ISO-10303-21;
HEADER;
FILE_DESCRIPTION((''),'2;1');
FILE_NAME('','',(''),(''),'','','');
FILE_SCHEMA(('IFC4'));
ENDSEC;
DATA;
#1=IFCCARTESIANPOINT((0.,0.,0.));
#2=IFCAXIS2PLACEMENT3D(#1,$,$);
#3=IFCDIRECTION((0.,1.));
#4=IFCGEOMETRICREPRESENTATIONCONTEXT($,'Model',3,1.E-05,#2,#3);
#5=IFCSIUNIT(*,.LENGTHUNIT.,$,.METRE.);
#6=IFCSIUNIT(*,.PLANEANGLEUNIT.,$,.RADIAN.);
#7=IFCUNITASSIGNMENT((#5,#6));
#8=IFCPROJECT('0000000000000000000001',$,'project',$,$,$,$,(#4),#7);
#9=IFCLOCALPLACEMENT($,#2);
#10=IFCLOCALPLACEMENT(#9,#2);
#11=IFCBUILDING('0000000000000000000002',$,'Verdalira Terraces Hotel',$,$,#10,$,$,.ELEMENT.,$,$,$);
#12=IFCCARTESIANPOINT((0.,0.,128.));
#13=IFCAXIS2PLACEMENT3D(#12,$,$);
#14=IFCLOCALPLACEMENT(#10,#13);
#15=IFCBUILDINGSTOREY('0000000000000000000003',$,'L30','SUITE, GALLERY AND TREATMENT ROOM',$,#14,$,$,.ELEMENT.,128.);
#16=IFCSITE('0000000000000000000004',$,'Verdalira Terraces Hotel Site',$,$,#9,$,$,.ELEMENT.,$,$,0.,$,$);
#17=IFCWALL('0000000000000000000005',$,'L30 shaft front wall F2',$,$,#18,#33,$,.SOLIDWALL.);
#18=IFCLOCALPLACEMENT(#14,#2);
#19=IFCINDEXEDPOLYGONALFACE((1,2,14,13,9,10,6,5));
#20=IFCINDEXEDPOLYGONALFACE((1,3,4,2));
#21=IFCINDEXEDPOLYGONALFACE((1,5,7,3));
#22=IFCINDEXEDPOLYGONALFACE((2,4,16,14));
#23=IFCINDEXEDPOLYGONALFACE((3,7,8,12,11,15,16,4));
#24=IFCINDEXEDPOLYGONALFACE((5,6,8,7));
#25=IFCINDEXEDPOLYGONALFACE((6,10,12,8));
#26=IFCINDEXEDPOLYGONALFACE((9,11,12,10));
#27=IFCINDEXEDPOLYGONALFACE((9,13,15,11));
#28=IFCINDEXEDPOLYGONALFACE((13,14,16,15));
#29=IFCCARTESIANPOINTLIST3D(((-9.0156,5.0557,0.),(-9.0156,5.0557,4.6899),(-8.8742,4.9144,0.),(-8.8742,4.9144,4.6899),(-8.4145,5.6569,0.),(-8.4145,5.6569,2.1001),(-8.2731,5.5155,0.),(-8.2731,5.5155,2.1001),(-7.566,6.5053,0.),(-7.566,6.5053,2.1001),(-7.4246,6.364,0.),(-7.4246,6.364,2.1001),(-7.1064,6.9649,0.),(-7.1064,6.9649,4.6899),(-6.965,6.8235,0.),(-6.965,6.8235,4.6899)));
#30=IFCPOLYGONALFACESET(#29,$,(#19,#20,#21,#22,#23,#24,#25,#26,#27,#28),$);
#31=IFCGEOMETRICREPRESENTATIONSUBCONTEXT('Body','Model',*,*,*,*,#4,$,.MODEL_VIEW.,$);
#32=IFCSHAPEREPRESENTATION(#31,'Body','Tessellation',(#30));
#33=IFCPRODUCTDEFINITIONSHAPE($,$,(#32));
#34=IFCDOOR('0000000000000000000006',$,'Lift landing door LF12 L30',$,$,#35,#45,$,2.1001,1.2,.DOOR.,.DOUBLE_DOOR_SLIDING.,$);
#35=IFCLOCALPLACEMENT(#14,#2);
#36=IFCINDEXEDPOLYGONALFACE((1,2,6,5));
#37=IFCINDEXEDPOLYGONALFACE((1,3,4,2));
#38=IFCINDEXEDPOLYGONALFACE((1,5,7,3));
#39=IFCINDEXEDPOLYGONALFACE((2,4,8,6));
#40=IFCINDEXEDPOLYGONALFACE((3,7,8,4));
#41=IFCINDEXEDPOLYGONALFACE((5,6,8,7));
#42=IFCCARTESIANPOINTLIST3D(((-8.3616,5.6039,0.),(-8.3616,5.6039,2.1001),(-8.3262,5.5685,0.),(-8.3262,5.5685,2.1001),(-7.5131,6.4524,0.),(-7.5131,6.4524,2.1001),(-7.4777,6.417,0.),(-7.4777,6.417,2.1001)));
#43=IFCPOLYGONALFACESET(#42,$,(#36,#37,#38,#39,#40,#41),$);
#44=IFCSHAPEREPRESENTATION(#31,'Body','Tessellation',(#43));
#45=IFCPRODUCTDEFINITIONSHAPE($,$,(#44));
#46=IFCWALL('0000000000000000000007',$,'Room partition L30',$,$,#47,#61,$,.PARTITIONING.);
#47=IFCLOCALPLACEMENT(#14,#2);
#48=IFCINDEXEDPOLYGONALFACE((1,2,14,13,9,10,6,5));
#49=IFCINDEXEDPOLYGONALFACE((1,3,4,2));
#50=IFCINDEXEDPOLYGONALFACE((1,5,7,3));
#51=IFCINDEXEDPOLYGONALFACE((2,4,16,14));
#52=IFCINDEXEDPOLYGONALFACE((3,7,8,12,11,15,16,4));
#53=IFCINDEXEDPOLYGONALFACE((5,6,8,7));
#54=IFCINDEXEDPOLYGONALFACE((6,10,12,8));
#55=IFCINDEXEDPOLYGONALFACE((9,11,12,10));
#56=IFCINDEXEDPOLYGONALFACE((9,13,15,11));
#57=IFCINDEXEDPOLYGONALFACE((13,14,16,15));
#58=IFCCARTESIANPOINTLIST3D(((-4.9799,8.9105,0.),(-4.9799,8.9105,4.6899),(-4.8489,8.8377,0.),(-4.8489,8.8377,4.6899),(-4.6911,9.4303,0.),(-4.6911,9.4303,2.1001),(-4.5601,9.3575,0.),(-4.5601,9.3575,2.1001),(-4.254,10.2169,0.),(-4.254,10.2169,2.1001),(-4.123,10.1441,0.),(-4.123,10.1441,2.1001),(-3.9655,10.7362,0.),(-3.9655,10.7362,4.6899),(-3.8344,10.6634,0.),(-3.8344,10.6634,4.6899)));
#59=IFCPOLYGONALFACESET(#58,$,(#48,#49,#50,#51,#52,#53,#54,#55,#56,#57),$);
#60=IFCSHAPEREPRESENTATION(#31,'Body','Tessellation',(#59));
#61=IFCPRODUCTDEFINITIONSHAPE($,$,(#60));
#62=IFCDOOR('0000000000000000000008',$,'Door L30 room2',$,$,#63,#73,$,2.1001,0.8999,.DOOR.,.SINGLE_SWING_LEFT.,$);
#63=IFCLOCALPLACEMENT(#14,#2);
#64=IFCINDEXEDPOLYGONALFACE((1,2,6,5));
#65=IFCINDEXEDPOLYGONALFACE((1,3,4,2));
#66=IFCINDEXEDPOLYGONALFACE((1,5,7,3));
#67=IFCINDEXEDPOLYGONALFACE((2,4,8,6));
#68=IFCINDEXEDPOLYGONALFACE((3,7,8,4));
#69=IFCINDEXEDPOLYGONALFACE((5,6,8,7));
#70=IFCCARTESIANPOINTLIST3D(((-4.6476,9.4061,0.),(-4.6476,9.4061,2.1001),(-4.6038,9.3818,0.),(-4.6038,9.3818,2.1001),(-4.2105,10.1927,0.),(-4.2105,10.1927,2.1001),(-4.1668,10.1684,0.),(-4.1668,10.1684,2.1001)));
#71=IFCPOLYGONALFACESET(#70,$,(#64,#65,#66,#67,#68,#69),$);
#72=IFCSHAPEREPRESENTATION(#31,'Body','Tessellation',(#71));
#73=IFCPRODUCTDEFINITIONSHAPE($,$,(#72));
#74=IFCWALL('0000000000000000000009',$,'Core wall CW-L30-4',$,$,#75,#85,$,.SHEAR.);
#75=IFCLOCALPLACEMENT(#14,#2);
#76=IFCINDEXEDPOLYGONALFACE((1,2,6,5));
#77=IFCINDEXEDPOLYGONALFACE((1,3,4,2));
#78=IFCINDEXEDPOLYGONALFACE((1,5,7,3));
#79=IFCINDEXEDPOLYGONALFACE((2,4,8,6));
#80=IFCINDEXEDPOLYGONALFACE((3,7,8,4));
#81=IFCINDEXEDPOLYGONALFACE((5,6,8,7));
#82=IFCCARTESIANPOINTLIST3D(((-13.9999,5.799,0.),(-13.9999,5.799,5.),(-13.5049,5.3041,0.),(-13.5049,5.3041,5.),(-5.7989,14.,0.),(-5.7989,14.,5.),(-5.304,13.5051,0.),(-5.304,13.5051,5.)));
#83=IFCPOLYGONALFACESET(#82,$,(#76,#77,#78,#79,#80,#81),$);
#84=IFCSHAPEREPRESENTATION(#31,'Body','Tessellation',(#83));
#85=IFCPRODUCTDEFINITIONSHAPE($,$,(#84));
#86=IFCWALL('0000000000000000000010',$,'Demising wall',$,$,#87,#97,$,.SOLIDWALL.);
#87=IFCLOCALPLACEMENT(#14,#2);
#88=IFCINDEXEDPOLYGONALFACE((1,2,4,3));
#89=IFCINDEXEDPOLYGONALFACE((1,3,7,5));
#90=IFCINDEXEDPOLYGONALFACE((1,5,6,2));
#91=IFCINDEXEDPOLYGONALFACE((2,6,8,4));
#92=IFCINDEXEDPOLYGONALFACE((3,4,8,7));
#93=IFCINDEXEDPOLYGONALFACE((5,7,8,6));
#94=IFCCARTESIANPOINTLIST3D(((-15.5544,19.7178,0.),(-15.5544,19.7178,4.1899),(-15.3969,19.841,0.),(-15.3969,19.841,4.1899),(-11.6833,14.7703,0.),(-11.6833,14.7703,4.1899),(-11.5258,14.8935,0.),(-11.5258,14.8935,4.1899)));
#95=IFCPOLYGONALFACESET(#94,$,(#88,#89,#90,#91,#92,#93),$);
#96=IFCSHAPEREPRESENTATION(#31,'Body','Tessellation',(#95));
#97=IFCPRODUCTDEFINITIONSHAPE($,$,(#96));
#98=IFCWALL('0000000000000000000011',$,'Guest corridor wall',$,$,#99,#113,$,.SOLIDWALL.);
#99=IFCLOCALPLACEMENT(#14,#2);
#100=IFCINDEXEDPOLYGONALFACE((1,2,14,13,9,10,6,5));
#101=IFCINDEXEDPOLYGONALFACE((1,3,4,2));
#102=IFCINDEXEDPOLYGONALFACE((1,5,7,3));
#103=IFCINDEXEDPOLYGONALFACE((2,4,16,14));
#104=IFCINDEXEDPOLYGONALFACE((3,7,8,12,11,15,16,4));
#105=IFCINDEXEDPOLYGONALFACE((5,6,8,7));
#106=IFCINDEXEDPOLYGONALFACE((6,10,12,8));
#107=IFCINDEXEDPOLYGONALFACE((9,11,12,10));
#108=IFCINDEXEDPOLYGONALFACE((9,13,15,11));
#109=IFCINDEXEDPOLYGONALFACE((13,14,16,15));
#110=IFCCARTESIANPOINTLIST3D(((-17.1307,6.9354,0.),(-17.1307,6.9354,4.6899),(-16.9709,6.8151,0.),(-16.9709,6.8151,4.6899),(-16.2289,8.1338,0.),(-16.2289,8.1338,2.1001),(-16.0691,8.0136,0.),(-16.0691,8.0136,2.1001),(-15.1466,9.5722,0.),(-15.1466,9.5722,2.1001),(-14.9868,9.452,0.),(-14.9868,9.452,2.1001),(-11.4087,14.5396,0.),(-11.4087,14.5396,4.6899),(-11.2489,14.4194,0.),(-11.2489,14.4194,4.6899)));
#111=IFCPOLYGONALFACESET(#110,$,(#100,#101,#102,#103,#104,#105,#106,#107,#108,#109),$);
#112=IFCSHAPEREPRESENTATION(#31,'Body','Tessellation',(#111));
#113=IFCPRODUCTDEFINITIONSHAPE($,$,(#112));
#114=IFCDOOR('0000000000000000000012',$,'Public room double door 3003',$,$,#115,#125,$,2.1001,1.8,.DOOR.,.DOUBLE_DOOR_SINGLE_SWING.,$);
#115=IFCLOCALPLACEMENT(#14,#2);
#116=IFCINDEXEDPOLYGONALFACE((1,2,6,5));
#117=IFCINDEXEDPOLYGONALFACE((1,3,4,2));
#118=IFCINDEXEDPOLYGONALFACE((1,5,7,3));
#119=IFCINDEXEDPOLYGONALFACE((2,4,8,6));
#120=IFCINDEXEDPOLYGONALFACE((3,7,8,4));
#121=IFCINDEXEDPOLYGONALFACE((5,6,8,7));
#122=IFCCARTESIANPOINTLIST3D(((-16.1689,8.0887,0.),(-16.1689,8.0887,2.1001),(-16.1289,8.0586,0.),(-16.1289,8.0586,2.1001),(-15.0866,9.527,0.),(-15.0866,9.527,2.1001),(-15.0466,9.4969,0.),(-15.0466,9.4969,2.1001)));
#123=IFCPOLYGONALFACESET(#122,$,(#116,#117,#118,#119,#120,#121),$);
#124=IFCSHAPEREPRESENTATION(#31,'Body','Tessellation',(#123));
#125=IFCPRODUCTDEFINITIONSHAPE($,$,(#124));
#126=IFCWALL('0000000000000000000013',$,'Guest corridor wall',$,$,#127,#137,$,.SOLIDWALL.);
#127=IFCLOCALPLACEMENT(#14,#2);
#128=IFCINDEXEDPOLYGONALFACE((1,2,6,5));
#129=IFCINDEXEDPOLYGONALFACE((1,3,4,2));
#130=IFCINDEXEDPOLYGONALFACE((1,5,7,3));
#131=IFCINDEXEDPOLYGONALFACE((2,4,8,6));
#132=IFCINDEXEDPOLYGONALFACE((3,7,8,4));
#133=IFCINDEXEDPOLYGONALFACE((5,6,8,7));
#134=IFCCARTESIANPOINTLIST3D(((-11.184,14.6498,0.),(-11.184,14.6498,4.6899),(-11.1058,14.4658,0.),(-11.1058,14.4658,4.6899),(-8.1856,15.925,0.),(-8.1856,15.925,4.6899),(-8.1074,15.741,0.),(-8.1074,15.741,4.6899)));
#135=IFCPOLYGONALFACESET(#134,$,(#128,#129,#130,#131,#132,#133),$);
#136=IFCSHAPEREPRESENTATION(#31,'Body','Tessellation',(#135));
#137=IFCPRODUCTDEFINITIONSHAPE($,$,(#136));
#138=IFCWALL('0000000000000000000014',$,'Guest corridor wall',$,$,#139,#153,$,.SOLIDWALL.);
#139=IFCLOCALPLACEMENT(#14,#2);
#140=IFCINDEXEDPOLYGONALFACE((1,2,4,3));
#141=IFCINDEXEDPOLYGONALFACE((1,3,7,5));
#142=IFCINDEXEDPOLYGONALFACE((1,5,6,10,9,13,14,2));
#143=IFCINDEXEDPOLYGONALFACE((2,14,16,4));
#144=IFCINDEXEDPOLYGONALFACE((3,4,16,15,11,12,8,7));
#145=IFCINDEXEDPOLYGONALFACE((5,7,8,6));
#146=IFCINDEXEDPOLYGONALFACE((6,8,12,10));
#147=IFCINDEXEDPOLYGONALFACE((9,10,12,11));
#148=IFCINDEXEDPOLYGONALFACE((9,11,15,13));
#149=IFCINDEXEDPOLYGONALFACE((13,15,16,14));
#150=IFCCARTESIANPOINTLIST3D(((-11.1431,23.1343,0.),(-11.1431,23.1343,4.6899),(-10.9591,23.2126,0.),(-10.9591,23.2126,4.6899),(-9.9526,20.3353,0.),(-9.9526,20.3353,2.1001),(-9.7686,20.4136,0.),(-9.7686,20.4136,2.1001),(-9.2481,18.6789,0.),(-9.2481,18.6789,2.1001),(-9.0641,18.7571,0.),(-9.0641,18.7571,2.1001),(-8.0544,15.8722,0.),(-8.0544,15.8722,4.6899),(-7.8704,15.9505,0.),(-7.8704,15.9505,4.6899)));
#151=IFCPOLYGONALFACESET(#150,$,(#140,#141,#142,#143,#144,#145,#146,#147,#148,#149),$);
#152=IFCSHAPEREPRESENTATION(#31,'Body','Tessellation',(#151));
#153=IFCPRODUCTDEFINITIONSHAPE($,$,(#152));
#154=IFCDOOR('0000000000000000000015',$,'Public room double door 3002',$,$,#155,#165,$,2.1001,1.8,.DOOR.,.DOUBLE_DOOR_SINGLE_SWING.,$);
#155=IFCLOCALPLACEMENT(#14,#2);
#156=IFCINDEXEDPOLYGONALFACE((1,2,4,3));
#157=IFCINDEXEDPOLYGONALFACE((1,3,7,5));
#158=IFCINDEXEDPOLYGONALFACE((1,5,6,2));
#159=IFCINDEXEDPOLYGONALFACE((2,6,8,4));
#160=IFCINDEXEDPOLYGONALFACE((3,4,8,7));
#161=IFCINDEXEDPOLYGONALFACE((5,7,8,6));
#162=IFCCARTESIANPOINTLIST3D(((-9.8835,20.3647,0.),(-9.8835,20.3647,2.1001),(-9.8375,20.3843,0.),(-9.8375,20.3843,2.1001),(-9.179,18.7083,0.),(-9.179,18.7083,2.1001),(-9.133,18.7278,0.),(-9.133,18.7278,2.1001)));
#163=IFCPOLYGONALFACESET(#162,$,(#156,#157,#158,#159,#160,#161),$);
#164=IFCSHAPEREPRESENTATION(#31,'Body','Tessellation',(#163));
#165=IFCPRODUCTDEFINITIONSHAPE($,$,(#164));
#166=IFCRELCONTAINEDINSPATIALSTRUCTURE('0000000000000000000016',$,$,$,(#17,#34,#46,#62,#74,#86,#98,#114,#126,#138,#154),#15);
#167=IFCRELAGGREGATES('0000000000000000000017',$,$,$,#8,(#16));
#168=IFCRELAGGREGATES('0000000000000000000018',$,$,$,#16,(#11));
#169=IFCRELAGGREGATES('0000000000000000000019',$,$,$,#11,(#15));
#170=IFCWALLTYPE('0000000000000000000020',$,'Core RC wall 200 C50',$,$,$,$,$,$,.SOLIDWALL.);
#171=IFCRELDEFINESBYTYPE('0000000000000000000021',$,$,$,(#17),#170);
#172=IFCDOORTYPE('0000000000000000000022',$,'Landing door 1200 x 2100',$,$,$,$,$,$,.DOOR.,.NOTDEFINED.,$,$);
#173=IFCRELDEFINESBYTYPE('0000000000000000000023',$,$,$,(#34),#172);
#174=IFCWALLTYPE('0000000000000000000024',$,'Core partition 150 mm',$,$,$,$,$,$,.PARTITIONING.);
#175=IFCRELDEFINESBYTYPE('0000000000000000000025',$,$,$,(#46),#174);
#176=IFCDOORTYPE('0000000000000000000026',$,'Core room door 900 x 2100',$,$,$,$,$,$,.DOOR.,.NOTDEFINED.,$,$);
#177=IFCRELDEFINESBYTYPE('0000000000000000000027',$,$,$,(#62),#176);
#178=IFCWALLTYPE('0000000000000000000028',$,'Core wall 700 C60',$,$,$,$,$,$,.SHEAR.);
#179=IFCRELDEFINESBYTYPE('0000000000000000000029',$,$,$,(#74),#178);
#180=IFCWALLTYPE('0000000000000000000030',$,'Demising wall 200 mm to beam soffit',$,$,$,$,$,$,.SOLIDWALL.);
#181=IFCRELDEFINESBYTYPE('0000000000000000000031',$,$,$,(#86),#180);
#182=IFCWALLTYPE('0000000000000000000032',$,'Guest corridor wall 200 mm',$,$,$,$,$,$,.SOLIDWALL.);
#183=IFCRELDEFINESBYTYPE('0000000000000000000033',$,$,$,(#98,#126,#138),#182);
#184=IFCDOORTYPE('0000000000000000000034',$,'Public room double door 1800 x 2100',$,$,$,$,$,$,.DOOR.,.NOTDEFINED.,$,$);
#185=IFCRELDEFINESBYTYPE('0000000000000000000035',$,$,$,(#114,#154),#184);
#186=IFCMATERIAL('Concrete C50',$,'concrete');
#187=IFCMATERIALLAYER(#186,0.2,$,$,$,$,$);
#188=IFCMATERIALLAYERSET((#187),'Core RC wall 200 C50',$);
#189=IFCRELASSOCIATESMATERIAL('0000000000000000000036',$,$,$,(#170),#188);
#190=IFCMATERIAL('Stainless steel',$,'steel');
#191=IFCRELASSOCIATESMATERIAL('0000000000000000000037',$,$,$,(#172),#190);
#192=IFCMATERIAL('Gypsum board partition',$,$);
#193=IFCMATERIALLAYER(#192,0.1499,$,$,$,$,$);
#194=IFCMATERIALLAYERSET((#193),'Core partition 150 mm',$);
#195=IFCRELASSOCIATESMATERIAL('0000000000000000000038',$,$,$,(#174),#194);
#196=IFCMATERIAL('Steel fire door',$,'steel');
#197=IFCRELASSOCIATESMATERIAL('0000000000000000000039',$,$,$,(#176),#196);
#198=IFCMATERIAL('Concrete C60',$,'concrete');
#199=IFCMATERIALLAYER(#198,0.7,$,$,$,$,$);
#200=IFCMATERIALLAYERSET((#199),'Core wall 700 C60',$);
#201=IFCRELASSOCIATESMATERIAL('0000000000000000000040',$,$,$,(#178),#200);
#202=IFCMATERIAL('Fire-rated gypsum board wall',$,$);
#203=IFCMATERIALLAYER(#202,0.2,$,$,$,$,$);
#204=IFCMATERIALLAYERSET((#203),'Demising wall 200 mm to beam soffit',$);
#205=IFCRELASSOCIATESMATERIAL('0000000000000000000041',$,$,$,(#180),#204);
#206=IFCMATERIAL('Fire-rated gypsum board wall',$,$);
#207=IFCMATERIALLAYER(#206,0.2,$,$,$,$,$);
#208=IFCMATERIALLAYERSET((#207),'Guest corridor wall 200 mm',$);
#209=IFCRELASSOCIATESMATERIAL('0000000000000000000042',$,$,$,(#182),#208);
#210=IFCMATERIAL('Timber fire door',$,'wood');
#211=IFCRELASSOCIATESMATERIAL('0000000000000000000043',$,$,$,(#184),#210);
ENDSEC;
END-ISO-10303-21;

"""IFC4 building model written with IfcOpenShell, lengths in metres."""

from ifc_helpers import new_model, si_unit, direction, frame, frame_2d, origin, place, context, subcontext, project, spatial, rectangle, extrude, material, layer, layer_set, type_object, element, fill, save


model = new_model("IFC4")

# Units and contexts
model_context = context("Model", 3, precision=1e-05, world=origin(), true_north=direction((0.0, 1.0)))
body_context = subcontext(model_context, "Body", "Model", "MODEL_VIEW")
ifc_project = project(units=[si_unit("LENGTHUNIT", "METRE"), si_unit("PLANEANGLEUNIT", "RADIAN")], contexts=[model_context])

# Site, building, storey
site_placement = place(None, origin())
site = spatial("IfcSite", under=ifc_project, at=site_placement, Name="Verdalira Terraces Hotel Site", CompositionType="ELEMENT", RefElevation=0.0)
building_placement = place(site_placement, origin())
building = spatial("IfcBuilding", under=site, at=building_placement, Name="Verdalira Terraces Hotel", CompositionType="ELEMENT")
storey_placement = place(building_placement, frame((0.0, 0.0, 128.0)))
storey = spatial("IfcBuildingStorey", under=building, at=storey_placement, Name="L30", Description="SUITE, GALLERY AND TREATMENT ROOM", CompositionType="ELEMENT", Elevation=128.0)

# Walls, openings, doors
ifc_material_1 = material(Name="Concrete C50", Category="concrete")
ifc_layer_1 = layer(ifc_material_1, 0.2)
ifc_layer_set_1 = layer_set([ifc_layer_1], Name="Core RC wall 200 C50")
wall_type_1 = type_object("IfcWallType", Name="Core RC wall 200 C50", PredefinedType="SOLIDWALL", material=ifc_layer_set_1)
ifc_material_2 = material(Name="Stainless steel", Category="steel")
door_type_1 = type_object("IfcDoorType", Name="Landing door 1200 x 2100", OperationType="NOTDEFINED", PredefinedType="DOOR", material=ifc_material_2)
wall_1_placement = place(storey_placement, frame((-7.0356, 6.8943, 0.0), z_axis=(0.0, 0.0, 1.0), x_axis=(-0.707107, -0.707107, 0.0)))
wall_1 = element("IfcWall", 1, at=wall_1_placement, inside=storey, type_object=wall_type_1, Name="L30 shaft front wall F2", PredefinedType="SOLIDWALL", context=body_context, shape_type="SweptSolid", body=[
    extrude(rectangle(XDim=2.7, YDim=0.2, at=frame_2d((1.3501, 0.0))), origin(), (0.0, 0.0, 1.0), 4.6899),
])
opening_1_placement = place(wall_1_placement, frame((0.6499, 0.0, 0.0)))
opening_1 = element("IfcOpeningElement", 2, at=opening_1_placement, cuts=wall_1, PredefinedType="OPENING", context=body_context, shape_type="SweptSolid", body=[
    extrude(rectangle(XDim=1.2, YDim=2.1001, at=frame_2d((0.6001, 1.05))), frame((0.0, 0.1099, 0.0), z_axis=(0.0, -1.0, 0.0), x_axis=(1.0, 0.0, 0.0)), (0.0, 0.0, 1.0), 0.22),
])
door_1_placement = place(opening_1_placement, origin())
door_1 = element("IfcDoor", 3, at=door_1_placement, inside=storey, type_object=door_type_1, Name="Lift landing door LF12 L30", OperationType="DOUBLE_DOOR_SLIDING", OverallHeight=2.1001, OverallWidth=1.2, PredefinedType="DOOR", context=body_context, shape_type="SweptSolid", body=[
    extrude(rectangle(XDim=1.2, YDim=2.1001, at=frame_2d((0.6001, 1.05))), frame((0.0, 0.0249, 0.0), z_axis=(0.0, -1.0, 0.0), x_axis=(1.0, 0.0, 0.0)), (0.0, 0.0, 1.0), 0.05),
])
fill(opening_1, door_1)
ifc_material_3 = material(Name="Gypsum board partition")
ifc_layer_2 = layer(ifc_material_3, 0.1499)
ifc_layer_set_2 = layer_set([ifc_layer_2], Name="Core partition 150 mm")
wall_type_2 = type_object("IfcWallType", Name="Core partition 150 mm", PredefinedType="PARTITIONING", material=ifc_layer_set_2)
wall_2_placement = place(storey_placement, frame((-3.8999, 10.7, 0.0), z_axis=(0.0, 0.0, 1.0), x_axis=(-0.485693, -0.87413, 0.0)))
wall_2 = element("IfcWall", 4, at=wall_2_placement, inside=storey, type_object=wall_type_2, Name="Room partition L30", PredefinedType="PARTITIONING", context=body_context, shape_type="SweptSolid", body=[
    extrude(rectangle(XDim=2.0886, YDim=0.1499, at=frame_2d((1.0444, 0.0))), origin(), (0.0, 0.0, 1.0), 4.6899),
])
opening_2_placement = place(wall_2_placement, frame((0.5942, 0.0, 0.0)))
opening_2 = element("IfcOpeningElement", 5, at=opening_2_placement, cuts=wall_2, PredefinedType="OPENING", context=body_context, shape_type="SweptSolid", body=[
    extrude(rectangle(XDim=0.8999, YDim=2.1001, at=frame_2d((0.45, 1.05))), frame((0.0, 0.085, 0.0), z_axis=(0.0, -1.0, 0.0), x_axis=(1.0, 0.0, 0.0)), (0.0, 0.0, 1.0), 0.1699),
])
ifc_material_4 = material(Name="Steel fire door", Category="steel")
door_type_2 = type_object("IfcDoorType", Name="Core room door 900 x 2100", OperationType="NOTDEFINED", PredefinedType="DOOR", material=ifc_material_4)
door_2_placement = place(opening_2_placement, origin())
door_2 = element("IfcDoor", 6, at=door_2_placement, inside=storey, type_object=door_type_2, Name="Door L30 room2", OperationType="SINGLE_SWING_LEFT", OverallHeight=2.1001, OverallWidth=0.8999, PredefinedType="DOOR", context=body_context, shape_type="SweptSolid", body=[
    extrude(rectangle(XDim=0.8999, YDim=2.1001, at=frame_2d((0.45, 1.05))), frame((0.0, 0.0249, 0.0), z_axis=(0.0, -1.0, 0.0), x_axis=(1.0, 0.0, 0.0)), (0.0, 0.0, 1.0), 0.05),
])
fill(opening_2, door_2)

# Walls
ifc_material_5 = material(Name="Concrete C60", Category="concrete")
ifc_layer_3 = layer(ifc_material_5, 0.7)
ifc_layer_set_3 = layer_set([ifc_layer_3], Name="Core wall 700 C60")
wall_type_3 = type_object("IfcWallType", Name="Core wall 700 C60", PredefinedType="SHEAR", material=ifc_layer_set_3)
wall_3_placement = place(storey_placement, frame((-5.5515, 13.7524, 0.0), z_axis=(0.0, 0.0, 1.0), x_axis=(-0.707107, -0.707107, 0.0)))
element("IfcWall", 7, at=wall_3_placement, inside=storey, type_object=wall_type_3, Name="Core wall CW-L30-4", PredefinedType="SHEAR", context=body_context, shape_type="SweptSolid", body=[
    extrude(rectangle(XDim=11.5979, YDim=0.7, at=frame_2d((5.7988, 0.0))), origin(), (0.0, 0.0, 1.0), 5.0),
])
ifc_material_6 = material(Name="Fire-rated gypsum board wall")
ifc_layer_4 = layer(ifc_material_6, 0.2)
ifc_layer_set_4 = layer_set([ifc_layer_4], Name="Demising wall 200 mm to beam soffit")
wall_type_4 = type_object("IfcWallType", Name="Demising wall 200 mm to beam soffit", PredefinedType="SOLIDWALL", material=ifc_layer_set_4)
wall_4_placement = place(storey_placement, frame((-11.6045, 14.8318, 0.0), z_axis=(0.0, 0.0, 1.0), x_axis=(-0.616222, 0.787572, 0.0)))
element("IfcWall", 8, at=wall_4_placement, inside=storey, type_object=wall_type_4, Name="Demising wall", PredefinedType="SOLIDWALL", context=body_context, shape_type="SweptSolid", body=[
    extrude(rectangle(XDim=6.282, YDim=0.2, at=frame_2d((3.1411, 0.0))), origin(), (0.0, 0.0, 1.0), 4.1899),
])

# Wall, opening, door
ifc_material_7 = material(Name="Fire-rated gypsum board wall")
ifc_layer_5 = layer(ifc_material_7, 0.2)
ifc_layer_set_5 = layer_set([ifc_layer_5], Name="Guest corridor wall 200 mm")
wall_type_5 = type_object("IfcWallType", Name="Guest corridor wall 200 mm", PredefinedType="SOLIDWALL", material=ifc_layer_set_5)
wall_5_placement = place(storey_placement, frame((-17.0508, 6.8752, 0.0), z_axis=(0.0, 0.0, 1.0), x_axis=(0.601259, 0.799054, 0.0)))
wall_5 = element("IfcWall", 9, at=wall_5_placement, inside=storey, type_object=wall_type_5, Name="Guest corridor wall", PredefinedType="SOLIDWALL", context=body_context, shape_type="SweptSolid", body=[
    extrude(rectangle(XDim=9.5166, YDim=0.2, at=frame_2d((4.7583, 0.0))), origin(), (0.0, 0.0, 1.0), 4.6899),
])
opening_3_placement = place(wall_5_placement, frame((1.5, 0.0, 0.0)))
opening_3 = element("IfcOpeningElement", 10, at=opening_3_placement, cuts=wall_5, PredefinedType="OPENING", context=body_context, shape_type="SweptSolid", body=[
    extrude(rectangle(XDim=1.8, YDim=2.1001, at=frame_2d((0.8999, 1.05))), frame((0.0, 0.1099, 0.0), z_axis=(0.0, -1.0, 0.0), x_axis=(1.0, 0.0, 0.0)), (0.0, 0.0, 1.0), 0.22),
])
ifc_material_8 = material(Name="Timber fire door", Category="wood")
door_type_3 = type_object("IfcDoorType", Name="Public room double door 1800 x 2100", OperationType="NOTDEFINED", PredefinedType="DOOR", material=ifc_material_8)
door_3_placement = place(opening_3_placement, origin())
door_3 = element("IfcDoor", 11, at=door_3_placement, inside=storey, type_object=door_type_3, Name="Public room double door 3003", OperationType="DOUBLE_DOOR_SINGLE_SWING", OverallHeight=2.1001, OverallWidth=1.8, PredefinedType="DOOR", context=body_context, shape_type="SweptSolid", body=[
    extrude(rectangle(XDim=1.8, YDim=2.1001, at=frame_2d((0.8999, 1.05))), frame((0.0, 0.0249, 0.0), z_axis=(0.0, -1.0, 0.0), x_axis=(1.0, 0.0, 0.0)), (0.0, 0.0, 1.0), 0.05),
])
fill(opening_3, door_3)

# Wall
wall_6_placement = place(storey_placement, frame((-8.1465, 15.833, 0.0), z_axis=(0.0, 0.0, 1.0), x_axis=(-0.920234, -0.391368, 0.0)))
element("IfcWall", 12, at=wall_6_placement, inside=storey, type_object=wall_type_5, Name="Guest corridor wall", PredefinedType="SOLIDWALL", context=body_context, shape_type="SweptSolid", body=[
    extrude(rectangle(XDim=3.2583, YDim=0.2, at=frame_2d((1.6292, 0.0))), origin(), (0.0, 0.0, 1.0), 4.6899),
])

# Wall, opening, door
wall_7_placement = place(storey_placement, frame((-7.9624, 15.9114, 0.0), z_axis=(0.0, 0.0, 1.0), x_axis=(-0.391386, 0.920226, 0.0)))
wall_7 = element("IfcWall", 13, at=wall_7_placement, inside=storey, type_object=wall_type_5, Name="Guest corridor wall", PredefinedType="SOLIDWALL", context=body_context, shape_type="SweptSolid", body=[
    extrude(rectangle(XDim=7.8916, YDim=0.2, at=frame_2d((3.9458, 0.0))), origin(), (0.0, 0.0, 1.0), 4.6899),
])
opening_4_placement = place(wall_7_placement, frame((3.05, 0.0, 0.0)))
opening_4 = element("IfcOpeningElement", 14, at=opening_4_placement, cuts=wall_7, PredefinedType="OPENING", context=body_context, shape_type="SweptSolid", body=[
    extrude(rectangle(XDim=1.8, YDim=2.1001, at=frame_2d((0.8999, 1.05))), frame((0.0, 0.1099, 0.0), z_axis=(0.0, -1.0, 0.0), x_axis=(1.0, 0.0, 0.0)), (0.0, 0.0, 1.0), 0.22),
])
door_4_placement = place(opening_4_placement, origin())
door_4 = element("IfcDoor", 15, at=door_4_placement, inside=storey, type_object=door_type_3, Name="Public room double door 3002", OperationType="DOUBLE_DOOR_SINGLE_SWING", OverallHeight=2.1001, OverallWidth=1.8, PredefinedType="DOOR", context=body_context, shape_type="SweptSolid", body=[
    extrude(rectangle(XDim=1.8, YDim=2.1001, at=frame_2d((0.8999, 1.05))), frame((0.0, 0.0249, 0.0), z_axis=(0.0, -1.0, 0.0), x_axis=(1.0, 0.0, 0.0)), (0.0, 0.0, 1.0), 0.05),
])
fill(opening_4, door_4)

save(model, "model.ifc")
